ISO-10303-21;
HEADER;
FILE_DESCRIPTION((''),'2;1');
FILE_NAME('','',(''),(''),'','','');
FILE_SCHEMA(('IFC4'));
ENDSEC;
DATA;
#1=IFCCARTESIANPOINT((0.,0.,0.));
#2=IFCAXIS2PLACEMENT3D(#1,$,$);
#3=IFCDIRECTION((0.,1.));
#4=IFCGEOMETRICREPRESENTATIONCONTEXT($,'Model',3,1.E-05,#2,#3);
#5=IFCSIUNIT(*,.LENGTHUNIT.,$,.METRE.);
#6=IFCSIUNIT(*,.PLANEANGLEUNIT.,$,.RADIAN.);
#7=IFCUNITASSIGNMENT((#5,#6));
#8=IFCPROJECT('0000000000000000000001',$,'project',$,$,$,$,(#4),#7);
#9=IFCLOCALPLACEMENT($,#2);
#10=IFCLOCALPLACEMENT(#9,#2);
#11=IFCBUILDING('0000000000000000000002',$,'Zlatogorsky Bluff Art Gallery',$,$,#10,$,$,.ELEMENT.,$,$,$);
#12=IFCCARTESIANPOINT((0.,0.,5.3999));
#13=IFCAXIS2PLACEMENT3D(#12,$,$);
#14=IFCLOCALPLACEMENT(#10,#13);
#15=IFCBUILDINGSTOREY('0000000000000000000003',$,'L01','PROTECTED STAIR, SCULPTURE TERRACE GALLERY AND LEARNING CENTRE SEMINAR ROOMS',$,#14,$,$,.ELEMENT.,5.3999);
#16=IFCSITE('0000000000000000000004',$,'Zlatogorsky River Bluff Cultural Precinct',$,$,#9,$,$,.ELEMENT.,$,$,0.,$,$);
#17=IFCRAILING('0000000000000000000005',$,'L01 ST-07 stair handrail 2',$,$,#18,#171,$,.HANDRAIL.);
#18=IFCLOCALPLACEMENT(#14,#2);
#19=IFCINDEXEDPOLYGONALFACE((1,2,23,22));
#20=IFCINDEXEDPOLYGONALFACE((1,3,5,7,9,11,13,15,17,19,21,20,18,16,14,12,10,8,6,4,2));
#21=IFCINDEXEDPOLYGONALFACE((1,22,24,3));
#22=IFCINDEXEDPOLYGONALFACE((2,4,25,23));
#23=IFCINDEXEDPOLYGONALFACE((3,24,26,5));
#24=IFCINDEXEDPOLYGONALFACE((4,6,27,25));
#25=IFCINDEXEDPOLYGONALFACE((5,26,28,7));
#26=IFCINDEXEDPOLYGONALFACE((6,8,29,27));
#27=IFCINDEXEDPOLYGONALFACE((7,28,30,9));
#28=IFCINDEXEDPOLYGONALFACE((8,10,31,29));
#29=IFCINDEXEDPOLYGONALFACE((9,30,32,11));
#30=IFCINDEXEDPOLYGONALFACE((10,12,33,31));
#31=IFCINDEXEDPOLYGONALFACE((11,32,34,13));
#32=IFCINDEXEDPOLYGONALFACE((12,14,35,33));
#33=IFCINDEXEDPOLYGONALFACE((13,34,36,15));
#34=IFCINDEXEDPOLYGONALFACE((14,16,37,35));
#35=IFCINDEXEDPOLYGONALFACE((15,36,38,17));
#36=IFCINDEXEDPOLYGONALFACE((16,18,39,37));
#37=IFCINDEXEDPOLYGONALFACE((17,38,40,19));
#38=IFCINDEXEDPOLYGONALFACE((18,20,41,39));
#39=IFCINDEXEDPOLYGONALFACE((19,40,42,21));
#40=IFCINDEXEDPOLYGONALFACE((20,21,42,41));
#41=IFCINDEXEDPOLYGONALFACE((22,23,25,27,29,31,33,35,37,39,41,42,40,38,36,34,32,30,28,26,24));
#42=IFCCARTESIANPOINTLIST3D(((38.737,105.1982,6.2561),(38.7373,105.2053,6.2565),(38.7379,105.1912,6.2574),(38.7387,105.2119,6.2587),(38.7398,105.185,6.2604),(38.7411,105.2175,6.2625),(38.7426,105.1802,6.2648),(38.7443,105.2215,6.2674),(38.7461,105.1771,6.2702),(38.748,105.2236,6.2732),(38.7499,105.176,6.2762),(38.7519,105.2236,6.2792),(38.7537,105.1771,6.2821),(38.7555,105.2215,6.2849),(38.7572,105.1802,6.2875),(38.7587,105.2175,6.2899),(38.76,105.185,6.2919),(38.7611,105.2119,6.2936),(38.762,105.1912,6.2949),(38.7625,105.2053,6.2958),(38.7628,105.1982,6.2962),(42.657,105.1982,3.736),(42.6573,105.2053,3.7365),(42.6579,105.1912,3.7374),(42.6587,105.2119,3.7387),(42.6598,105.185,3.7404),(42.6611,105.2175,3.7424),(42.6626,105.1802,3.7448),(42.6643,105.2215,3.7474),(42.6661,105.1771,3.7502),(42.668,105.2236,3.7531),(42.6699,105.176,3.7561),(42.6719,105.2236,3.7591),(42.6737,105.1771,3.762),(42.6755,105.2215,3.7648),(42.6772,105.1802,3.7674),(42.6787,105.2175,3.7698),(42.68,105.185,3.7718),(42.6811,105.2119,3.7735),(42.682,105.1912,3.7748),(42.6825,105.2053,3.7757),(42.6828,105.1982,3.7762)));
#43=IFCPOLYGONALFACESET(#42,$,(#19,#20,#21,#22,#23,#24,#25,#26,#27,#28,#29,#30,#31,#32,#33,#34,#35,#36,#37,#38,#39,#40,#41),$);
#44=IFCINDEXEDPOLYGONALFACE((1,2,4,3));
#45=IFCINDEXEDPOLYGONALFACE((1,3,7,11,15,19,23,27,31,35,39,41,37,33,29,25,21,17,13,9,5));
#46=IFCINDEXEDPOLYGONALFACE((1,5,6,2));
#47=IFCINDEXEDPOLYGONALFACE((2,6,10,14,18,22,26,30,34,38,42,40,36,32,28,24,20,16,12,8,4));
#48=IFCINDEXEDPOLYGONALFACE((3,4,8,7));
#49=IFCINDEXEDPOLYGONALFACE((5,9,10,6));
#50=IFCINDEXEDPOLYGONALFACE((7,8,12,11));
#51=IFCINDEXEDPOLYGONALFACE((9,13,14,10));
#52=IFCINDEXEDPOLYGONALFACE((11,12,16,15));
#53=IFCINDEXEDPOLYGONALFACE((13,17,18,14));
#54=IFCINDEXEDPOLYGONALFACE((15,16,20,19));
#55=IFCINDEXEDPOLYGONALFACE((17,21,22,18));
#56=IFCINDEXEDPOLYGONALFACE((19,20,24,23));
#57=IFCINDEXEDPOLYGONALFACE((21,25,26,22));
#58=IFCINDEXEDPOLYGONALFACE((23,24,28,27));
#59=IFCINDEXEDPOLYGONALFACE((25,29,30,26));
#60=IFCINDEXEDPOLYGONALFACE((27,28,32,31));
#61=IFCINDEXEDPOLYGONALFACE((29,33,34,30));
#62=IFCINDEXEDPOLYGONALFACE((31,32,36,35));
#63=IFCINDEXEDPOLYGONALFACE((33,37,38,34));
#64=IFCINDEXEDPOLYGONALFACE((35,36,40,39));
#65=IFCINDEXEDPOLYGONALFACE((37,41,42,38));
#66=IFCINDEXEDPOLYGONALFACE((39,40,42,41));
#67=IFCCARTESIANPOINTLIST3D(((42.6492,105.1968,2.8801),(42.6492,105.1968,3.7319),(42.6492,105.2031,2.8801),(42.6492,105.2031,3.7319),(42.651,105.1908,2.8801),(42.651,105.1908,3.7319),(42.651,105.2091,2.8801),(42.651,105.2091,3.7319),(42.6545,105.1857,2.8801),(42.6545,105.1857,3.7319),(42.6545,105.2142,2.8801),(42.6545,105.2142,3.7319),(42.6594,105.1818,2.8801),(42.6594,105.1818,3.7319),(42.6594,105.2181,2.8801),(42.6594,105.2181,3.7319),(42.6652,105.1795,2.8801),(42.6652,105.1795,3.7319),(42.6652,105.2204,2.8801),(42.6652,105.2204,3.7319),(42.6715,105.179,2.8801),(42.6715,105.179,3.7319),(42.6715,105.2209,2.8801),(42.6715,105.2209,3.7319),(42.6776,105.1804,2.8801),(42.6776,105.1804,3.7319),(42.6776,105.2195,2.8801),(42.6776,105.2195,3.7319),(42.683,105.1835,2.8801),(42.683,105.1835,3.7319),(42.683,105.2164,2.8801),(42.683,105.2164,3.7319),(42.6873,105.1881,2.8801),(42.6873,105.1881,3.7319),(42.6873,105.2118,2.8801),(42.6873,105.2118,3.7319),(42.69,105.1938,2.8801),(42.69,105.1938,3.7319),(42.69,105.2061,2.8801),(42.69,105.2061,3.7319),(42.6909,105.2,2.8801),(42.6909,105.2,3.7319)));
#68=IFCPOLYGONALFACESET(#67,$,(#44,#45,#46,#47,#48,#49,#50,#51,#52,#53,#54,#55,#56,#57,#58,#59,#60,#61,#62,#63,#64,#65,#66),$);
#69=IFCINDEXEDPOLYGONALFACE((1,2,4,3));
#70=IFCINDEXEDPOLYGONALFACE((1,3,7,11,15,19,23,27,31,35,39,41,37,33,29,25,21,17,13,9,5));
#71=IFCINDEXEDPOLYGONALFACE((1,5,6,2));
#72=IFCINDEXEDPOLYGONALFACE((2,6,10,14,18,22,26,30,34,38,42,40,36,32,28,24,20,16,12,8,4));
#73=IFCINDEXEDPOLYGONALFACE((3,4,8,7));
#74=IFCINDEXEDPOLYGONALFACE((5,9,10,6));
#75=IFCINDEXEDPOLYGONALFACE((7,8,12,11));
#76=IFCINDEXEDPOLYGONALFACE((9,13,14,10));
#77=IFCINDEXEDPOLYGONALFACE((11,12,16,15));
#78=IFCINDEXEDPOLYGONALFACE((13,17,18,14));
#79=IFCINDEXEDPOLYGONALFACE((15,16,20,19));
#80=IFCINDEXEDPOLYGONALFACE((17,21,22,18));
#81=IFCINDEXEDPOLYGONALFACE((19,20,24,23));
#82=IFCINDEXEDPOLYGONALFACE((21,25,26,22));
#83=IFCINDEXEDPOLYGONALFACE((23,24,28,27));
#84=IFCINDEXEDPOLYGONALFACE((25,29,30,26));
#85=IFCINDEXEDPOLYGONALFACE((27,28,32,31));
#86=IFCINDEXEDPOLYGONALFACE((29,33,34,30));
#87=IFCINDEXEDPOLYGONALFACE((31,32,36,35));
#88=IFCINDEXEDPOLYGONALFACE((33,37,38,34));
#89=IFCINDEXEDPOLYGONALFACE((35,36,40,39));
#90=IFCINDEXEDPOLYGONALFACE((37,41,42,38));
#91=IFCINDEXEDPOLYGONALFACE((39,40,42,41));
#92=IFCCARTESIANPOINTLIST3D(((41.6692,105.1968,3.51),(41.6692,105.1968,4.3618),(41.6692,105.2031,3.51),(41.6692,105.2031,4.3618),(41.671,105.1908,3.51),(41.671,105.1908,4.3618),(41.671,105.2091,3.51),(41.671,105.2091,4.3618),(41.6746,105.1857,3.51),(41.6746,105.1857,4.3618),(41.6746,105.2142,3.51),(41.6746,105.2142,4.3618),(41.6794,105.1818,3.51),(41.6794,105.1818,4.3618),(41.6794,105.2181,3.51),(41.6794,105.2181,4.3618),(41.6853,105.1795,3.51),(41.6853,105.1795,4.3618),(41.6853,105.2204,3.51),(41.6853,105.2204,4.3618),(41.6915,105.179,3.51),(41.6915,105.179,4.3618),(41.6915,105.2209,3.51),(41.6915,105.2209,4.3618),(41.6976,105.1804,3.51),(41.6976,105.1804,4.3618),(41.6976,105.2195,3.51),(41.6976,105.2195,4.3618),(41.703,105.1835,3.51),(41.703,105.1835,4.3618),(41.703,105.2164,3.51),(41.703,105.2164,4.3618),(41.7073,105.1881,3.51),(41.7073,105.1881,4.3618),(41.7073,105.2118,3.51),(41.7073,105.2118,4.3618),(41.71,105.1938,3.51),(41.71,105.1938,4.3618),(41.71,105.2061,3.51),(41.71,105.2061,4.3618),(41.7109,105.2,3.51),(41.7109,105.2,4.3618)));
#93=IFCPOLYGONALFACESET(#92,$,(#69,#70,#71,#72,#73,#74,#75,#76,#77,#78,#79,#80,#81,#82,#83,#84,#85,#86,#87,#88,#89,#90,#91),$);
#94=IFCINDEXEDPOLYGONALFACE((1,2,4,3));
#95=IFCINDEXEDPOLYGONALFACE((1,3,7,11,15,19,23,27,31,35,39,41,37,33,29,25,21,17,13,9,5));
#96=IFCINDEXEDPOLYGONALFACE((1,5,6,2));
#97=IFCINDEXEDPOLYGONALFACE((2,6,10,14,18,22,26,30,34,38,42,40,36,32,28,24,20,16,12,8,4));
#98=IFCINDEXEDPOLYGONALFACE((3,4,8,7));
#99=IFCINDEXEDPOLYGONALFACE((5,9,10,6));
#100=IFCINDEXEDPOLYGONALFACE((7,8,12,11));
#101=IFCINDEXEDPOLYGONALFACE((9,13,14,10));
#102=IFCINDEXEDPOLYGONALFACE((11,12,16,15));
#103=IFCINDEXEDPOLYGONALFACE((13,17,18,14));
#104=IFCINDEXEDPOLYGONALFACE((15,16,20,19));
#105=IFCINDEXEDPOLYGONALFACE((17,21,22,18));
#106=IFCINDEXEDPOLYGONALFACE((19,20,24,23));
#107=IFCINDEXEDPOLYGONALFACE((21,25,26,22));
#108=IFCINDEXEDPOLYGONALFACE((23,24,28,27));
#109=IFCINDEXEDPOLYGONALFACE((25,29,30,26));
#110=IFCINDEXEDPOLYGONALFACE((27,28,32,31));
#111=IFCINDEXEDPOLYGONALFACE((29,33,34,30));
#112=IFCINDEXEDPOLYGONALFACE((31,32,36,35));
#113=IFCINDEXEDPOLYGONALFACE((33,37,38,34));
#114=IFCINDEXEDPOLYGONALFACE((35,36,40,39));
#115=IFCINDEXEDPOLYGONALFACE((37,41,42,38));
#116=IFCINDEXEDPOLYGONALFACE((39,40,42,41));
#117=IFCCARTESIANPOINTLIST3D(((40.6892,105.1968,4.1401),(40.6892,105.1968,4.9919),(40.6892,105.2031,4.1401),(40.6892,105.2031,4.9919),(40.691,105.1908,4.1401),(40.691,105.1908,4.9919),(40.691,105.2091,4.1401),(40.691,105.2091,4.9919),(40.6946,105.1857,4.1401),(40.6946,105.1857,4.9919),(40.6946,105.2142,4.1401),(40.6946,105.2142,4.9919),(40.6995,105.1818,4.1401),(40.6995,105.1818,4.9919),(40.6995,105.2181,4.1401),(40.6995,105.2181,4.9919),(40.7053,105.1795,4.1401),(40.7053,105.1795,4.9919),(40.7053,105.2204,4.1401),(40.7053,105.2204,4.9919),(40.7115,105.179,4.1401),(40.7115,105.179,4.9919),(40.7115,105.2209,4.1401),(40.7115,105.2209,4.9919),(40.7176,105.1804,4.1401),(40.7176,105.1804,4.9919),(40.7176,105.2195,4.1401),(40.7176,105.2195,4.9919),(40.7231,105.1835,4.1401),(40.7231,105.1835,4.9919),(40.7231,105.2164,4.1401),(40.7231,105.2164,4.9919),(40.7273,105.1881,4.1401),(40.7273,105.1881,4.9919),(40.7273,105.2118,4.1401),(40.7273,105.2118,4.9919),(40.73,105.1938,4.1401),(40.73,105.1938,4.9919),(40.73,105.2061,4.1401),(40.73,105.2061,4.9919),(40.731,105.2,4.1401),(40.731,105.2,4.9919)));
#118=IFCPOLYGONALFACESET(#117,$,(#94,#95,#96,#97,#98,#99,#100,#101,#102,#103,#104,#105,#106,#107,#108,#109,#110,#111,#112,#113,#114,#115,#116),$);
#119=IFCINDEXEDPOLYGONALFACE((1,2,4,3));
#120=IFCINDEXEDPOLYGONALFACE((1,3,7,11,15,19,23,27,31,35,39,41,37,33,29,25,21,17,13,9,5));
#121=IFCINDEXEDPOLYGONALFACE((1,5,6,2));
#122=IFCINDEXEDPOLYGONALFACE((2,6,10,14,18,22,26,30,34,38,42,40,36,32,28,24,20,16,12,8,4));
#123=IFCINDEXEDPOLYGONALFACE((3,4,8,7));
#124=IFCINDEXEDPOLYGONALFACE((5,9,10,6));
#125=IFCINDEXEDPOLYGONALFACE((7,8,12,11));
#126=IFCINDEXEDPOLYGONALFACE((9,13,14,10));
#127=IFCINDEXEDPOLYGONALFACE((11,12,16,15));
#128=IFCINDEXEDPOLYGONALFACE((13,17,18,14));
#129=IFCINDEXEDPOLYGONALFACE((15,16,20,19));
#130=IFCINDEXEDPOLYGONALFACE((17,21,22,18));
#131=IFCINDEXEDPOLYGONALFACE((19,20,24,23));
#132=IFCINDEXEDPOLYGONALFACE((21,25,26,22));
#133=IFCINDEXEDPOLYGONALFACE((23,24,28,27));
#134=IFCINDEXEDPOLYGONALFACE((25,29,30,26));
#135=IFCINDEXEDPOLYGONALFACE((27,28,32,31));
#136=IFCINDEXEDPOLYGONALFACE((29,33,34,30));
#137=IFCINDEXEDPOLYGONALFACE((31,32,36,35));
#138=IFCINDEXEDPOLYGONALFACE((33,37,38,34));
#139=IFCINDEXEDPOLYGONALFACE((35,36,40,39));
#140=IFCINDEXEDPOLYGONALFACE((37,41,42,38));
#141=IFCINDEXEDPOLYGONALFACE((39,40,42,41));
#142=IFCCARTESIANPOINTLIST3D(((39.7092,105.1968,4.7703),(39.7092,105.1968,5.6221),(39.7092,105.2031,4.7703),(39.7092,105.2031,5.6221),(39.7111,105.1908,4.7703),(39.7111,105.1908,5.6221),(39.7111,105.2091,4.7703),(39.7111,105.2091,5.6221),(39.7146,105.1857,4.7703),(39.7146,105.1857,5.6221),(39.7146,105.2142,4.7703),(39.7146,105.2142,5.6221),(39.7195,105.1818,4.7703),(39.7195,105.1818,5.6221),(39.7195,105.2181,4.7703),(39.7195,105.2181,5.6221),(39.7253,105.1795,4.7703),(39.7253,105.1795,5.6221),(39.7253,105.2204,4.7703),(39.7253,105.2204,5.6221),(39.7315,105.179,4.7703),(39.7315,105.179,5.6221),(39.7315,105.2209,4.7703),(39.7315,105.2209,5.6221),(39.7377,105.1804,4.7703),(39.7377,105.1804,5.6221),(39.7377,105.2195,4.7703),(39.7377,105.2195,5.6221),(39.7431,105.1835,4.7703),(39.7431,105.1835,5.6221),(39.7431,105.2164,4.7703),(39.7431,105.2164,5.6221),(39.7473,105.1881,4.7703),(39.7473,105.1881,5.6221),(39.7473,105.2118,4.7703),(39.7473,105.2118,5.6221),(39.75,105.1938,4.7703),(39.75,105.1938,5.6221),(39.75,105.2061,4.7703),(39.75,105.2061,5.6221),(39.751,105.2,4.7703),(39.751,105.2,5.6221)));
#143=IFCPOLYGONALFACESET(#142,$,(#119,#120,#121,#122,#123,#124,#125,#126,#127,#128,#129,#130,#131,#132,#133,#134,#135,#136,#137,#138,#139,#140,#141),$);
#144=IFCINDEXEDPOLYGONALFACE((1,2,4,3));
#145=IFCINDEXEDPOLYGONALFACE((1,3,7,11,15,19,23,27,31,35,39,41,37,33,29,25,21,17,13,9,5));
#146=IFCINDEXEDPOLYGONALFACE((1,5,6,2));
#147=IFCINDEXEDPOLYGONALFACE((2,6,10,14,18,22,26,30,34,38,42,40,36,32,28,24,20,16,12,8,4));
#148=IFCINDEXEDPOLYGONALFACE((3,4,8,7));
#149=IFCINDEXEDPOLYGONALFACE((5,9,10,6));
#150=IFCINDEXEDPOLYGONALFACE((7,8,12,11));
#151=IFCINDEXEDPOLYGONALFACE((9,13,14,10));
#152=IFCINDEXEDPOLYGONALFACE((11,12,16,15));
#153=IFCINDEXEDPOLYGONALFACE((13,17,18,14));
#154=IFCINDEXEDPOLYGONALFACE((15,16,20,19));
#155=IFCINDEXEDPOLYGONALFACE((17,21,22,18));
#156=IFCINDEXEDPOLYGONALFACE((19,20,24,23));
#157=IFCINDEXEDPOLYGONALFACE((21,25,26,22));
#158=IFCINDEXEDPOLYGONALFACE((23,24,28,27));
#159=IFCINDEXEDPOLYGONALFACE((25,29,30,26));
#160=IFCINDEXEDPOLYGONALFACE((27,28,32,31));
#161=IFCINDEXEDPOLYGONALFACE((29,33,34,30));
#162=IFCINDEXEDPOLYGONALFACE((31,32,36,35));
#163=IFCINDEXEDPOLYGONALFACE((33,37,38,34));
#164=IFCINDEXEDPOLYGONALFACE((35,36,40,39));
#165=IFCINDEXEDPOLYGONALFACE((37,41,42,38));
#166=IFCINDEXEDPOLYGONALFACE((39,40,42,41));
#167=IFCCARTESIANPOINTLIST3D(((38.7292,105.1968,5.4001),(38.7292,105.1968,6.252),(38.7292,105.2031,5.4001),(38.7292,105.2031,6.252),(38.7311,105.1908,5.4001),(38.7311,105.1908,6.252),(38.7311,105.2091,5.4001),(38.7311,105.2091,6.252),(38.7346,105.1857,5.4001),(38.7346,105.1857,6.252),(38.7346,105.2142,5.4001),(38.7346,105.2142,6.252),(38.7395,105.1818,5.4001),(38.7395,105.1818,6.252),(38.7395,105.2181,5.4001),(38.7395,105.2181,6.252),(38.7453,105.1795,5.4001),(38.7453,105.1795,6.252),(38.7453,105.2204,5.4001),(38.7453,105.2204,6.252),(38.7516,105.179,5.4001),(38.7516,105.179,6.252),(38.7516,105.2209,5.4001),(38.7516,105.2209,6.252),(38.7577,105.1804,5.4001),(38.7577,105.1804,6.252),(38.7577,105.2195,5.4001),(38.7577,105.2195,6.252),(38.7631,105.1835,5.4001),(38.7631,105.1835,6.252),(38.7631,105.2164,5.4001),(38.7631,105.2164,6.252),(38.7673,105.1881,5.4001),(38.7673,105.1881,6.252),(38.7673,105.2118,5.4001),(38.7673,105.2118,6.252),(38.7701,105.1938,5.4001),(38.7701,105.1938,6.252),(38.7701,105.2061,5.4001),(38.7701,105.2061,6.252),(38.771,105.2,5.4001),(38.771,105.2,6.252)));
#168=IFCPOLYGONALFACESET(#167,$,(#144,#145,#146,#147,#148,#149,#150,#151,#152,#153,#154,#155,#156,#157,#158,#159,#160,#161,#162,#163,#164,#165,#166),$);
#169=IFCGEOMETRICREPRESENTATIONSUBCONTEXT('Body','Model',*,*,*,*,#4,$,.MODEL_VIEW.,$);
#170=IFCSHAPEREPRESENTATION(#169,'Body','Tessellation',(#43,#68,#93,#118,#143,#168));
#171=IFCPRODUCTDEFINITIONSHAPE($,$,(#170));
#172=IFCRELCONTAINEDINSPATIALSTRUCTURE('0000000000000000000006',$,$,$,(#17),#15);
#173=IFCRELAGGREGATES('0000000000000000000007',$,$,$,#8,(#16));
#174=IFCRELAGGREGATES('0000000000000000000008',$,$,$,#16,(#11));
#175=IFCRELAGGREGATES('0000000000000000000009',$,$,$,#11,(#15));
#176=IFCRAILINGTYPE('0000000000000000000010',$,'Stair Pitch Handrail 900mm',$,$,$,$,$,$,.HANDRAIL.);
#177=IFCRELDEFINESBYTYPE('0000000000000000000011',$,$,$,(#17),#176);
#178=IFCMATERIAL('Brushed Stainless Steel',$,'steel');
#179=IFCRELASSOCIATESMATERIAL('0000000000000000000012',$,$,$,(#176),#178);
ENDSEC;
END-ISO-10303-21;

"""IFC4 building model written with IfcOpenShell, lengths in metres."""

from ifc_helpers import new_model, si_unit, direction, frame, origin, origin_2d, place, context, subcontext, project, spatial, circle, extrude, material, type_object, element, save


model = new_model("IFC4")

# Units and contexts
model_context = context("Model", 3, precision=1e-05, world=origin(), true_north=direction((0.0, 1.0)))
body_context = subcontext(model_context, "Body", "Model", "MODEL_VIEW")
ifc_project = project(units=[si_unit("LENGTHUNIT", "METRE"), si_unit("PLANEANGLEUNIT", "RADIAN")], contexts=[model_context])

# Site, building, storey
site_placement = place(None, origin())
site = spatial("IfcSite", under=ifc_project, at=site_placement, Name="Zlatogorsky River Bluff Cultural Precinct", CompositionType="ELEMENT", RefElevation=0.0)
building_placement = place(site_placement, origin())
building = spatial("IfcBuilding", under=site, at=building_placement, Name="Zlatogorsky Bluff Art Gallery", CompositionType="ELEMENT")
storey_placement = place(building_placement, frame((0.0, 0.0, 5.3999)))
storey = spatial("IfcBuildingStorey", under=building, at=storey_placement, Name="L01", Description="PROTECTED STAIR, SCULPTURE TERRACE GALLERY AND LEARNING CENTRE SEMINAR ROOMS", CompositionType="ELEMENT", Elevation=5.3999)

# Railing
ifc_material_1 = material(Name="Brushed Stainless Steel", Category="steel")
railing_type_1 = type_object("IfcRailingType", Name="Stair Pitch Handrail 900mm", PredefinedType="HANDRAIL", material=ifc_material_1)
railing_1_placement = place(storey_placement, frame((42.6699, 105.2, 2.8801)))
element("IfcRailing", 1, at=railing_1_placement, inside=storey, type_object=railing_type_1, Name="L01 ST-07 stair handrail 2", PredefinedType="HANDRAIL", context=body_context, shape_type="SweptSolid", body=[
    extrude(circle(Radius=0.0239, at=origin_2d()), frame((0.0, 0.0, 0.876), z_axis=(-0.841172, 0.0, 0.540768), x_axis=(0.0, -1.0, 0.0)), (0.0, 0.0, 1.0), 4.6602),
    extrude(circle(Radius=0.021, at=origin_2d()), origin(), (0.0, 0.0, 1.0), 0.8518),
    extrude(circle(Radius=0.021, at=origin_2d()), frame((-0.98, 0.0, 0.6299)), (0.0, 0.0, 1.0), 0.8518),
    extrude(circle(Radius=0.021, at=origin_2d()), frame((-1.96, 0.0, 1.26)), (0.0, 0.0, 1.0), 0.8518),
    extrude(circle(Radius=0.021, at=origin_2d()), frame((-2.9399, 0.0, 1.8901)), (0.0, 0.0, 1.0), 0.8518),
    extrude(circle(Radius=0.021, at=origin_2d()), frame((-3.9199, 0.0, 2.52)), (0.0, 0.0, 1.0), 0.8518),
])

save(model, "model.ifc")
